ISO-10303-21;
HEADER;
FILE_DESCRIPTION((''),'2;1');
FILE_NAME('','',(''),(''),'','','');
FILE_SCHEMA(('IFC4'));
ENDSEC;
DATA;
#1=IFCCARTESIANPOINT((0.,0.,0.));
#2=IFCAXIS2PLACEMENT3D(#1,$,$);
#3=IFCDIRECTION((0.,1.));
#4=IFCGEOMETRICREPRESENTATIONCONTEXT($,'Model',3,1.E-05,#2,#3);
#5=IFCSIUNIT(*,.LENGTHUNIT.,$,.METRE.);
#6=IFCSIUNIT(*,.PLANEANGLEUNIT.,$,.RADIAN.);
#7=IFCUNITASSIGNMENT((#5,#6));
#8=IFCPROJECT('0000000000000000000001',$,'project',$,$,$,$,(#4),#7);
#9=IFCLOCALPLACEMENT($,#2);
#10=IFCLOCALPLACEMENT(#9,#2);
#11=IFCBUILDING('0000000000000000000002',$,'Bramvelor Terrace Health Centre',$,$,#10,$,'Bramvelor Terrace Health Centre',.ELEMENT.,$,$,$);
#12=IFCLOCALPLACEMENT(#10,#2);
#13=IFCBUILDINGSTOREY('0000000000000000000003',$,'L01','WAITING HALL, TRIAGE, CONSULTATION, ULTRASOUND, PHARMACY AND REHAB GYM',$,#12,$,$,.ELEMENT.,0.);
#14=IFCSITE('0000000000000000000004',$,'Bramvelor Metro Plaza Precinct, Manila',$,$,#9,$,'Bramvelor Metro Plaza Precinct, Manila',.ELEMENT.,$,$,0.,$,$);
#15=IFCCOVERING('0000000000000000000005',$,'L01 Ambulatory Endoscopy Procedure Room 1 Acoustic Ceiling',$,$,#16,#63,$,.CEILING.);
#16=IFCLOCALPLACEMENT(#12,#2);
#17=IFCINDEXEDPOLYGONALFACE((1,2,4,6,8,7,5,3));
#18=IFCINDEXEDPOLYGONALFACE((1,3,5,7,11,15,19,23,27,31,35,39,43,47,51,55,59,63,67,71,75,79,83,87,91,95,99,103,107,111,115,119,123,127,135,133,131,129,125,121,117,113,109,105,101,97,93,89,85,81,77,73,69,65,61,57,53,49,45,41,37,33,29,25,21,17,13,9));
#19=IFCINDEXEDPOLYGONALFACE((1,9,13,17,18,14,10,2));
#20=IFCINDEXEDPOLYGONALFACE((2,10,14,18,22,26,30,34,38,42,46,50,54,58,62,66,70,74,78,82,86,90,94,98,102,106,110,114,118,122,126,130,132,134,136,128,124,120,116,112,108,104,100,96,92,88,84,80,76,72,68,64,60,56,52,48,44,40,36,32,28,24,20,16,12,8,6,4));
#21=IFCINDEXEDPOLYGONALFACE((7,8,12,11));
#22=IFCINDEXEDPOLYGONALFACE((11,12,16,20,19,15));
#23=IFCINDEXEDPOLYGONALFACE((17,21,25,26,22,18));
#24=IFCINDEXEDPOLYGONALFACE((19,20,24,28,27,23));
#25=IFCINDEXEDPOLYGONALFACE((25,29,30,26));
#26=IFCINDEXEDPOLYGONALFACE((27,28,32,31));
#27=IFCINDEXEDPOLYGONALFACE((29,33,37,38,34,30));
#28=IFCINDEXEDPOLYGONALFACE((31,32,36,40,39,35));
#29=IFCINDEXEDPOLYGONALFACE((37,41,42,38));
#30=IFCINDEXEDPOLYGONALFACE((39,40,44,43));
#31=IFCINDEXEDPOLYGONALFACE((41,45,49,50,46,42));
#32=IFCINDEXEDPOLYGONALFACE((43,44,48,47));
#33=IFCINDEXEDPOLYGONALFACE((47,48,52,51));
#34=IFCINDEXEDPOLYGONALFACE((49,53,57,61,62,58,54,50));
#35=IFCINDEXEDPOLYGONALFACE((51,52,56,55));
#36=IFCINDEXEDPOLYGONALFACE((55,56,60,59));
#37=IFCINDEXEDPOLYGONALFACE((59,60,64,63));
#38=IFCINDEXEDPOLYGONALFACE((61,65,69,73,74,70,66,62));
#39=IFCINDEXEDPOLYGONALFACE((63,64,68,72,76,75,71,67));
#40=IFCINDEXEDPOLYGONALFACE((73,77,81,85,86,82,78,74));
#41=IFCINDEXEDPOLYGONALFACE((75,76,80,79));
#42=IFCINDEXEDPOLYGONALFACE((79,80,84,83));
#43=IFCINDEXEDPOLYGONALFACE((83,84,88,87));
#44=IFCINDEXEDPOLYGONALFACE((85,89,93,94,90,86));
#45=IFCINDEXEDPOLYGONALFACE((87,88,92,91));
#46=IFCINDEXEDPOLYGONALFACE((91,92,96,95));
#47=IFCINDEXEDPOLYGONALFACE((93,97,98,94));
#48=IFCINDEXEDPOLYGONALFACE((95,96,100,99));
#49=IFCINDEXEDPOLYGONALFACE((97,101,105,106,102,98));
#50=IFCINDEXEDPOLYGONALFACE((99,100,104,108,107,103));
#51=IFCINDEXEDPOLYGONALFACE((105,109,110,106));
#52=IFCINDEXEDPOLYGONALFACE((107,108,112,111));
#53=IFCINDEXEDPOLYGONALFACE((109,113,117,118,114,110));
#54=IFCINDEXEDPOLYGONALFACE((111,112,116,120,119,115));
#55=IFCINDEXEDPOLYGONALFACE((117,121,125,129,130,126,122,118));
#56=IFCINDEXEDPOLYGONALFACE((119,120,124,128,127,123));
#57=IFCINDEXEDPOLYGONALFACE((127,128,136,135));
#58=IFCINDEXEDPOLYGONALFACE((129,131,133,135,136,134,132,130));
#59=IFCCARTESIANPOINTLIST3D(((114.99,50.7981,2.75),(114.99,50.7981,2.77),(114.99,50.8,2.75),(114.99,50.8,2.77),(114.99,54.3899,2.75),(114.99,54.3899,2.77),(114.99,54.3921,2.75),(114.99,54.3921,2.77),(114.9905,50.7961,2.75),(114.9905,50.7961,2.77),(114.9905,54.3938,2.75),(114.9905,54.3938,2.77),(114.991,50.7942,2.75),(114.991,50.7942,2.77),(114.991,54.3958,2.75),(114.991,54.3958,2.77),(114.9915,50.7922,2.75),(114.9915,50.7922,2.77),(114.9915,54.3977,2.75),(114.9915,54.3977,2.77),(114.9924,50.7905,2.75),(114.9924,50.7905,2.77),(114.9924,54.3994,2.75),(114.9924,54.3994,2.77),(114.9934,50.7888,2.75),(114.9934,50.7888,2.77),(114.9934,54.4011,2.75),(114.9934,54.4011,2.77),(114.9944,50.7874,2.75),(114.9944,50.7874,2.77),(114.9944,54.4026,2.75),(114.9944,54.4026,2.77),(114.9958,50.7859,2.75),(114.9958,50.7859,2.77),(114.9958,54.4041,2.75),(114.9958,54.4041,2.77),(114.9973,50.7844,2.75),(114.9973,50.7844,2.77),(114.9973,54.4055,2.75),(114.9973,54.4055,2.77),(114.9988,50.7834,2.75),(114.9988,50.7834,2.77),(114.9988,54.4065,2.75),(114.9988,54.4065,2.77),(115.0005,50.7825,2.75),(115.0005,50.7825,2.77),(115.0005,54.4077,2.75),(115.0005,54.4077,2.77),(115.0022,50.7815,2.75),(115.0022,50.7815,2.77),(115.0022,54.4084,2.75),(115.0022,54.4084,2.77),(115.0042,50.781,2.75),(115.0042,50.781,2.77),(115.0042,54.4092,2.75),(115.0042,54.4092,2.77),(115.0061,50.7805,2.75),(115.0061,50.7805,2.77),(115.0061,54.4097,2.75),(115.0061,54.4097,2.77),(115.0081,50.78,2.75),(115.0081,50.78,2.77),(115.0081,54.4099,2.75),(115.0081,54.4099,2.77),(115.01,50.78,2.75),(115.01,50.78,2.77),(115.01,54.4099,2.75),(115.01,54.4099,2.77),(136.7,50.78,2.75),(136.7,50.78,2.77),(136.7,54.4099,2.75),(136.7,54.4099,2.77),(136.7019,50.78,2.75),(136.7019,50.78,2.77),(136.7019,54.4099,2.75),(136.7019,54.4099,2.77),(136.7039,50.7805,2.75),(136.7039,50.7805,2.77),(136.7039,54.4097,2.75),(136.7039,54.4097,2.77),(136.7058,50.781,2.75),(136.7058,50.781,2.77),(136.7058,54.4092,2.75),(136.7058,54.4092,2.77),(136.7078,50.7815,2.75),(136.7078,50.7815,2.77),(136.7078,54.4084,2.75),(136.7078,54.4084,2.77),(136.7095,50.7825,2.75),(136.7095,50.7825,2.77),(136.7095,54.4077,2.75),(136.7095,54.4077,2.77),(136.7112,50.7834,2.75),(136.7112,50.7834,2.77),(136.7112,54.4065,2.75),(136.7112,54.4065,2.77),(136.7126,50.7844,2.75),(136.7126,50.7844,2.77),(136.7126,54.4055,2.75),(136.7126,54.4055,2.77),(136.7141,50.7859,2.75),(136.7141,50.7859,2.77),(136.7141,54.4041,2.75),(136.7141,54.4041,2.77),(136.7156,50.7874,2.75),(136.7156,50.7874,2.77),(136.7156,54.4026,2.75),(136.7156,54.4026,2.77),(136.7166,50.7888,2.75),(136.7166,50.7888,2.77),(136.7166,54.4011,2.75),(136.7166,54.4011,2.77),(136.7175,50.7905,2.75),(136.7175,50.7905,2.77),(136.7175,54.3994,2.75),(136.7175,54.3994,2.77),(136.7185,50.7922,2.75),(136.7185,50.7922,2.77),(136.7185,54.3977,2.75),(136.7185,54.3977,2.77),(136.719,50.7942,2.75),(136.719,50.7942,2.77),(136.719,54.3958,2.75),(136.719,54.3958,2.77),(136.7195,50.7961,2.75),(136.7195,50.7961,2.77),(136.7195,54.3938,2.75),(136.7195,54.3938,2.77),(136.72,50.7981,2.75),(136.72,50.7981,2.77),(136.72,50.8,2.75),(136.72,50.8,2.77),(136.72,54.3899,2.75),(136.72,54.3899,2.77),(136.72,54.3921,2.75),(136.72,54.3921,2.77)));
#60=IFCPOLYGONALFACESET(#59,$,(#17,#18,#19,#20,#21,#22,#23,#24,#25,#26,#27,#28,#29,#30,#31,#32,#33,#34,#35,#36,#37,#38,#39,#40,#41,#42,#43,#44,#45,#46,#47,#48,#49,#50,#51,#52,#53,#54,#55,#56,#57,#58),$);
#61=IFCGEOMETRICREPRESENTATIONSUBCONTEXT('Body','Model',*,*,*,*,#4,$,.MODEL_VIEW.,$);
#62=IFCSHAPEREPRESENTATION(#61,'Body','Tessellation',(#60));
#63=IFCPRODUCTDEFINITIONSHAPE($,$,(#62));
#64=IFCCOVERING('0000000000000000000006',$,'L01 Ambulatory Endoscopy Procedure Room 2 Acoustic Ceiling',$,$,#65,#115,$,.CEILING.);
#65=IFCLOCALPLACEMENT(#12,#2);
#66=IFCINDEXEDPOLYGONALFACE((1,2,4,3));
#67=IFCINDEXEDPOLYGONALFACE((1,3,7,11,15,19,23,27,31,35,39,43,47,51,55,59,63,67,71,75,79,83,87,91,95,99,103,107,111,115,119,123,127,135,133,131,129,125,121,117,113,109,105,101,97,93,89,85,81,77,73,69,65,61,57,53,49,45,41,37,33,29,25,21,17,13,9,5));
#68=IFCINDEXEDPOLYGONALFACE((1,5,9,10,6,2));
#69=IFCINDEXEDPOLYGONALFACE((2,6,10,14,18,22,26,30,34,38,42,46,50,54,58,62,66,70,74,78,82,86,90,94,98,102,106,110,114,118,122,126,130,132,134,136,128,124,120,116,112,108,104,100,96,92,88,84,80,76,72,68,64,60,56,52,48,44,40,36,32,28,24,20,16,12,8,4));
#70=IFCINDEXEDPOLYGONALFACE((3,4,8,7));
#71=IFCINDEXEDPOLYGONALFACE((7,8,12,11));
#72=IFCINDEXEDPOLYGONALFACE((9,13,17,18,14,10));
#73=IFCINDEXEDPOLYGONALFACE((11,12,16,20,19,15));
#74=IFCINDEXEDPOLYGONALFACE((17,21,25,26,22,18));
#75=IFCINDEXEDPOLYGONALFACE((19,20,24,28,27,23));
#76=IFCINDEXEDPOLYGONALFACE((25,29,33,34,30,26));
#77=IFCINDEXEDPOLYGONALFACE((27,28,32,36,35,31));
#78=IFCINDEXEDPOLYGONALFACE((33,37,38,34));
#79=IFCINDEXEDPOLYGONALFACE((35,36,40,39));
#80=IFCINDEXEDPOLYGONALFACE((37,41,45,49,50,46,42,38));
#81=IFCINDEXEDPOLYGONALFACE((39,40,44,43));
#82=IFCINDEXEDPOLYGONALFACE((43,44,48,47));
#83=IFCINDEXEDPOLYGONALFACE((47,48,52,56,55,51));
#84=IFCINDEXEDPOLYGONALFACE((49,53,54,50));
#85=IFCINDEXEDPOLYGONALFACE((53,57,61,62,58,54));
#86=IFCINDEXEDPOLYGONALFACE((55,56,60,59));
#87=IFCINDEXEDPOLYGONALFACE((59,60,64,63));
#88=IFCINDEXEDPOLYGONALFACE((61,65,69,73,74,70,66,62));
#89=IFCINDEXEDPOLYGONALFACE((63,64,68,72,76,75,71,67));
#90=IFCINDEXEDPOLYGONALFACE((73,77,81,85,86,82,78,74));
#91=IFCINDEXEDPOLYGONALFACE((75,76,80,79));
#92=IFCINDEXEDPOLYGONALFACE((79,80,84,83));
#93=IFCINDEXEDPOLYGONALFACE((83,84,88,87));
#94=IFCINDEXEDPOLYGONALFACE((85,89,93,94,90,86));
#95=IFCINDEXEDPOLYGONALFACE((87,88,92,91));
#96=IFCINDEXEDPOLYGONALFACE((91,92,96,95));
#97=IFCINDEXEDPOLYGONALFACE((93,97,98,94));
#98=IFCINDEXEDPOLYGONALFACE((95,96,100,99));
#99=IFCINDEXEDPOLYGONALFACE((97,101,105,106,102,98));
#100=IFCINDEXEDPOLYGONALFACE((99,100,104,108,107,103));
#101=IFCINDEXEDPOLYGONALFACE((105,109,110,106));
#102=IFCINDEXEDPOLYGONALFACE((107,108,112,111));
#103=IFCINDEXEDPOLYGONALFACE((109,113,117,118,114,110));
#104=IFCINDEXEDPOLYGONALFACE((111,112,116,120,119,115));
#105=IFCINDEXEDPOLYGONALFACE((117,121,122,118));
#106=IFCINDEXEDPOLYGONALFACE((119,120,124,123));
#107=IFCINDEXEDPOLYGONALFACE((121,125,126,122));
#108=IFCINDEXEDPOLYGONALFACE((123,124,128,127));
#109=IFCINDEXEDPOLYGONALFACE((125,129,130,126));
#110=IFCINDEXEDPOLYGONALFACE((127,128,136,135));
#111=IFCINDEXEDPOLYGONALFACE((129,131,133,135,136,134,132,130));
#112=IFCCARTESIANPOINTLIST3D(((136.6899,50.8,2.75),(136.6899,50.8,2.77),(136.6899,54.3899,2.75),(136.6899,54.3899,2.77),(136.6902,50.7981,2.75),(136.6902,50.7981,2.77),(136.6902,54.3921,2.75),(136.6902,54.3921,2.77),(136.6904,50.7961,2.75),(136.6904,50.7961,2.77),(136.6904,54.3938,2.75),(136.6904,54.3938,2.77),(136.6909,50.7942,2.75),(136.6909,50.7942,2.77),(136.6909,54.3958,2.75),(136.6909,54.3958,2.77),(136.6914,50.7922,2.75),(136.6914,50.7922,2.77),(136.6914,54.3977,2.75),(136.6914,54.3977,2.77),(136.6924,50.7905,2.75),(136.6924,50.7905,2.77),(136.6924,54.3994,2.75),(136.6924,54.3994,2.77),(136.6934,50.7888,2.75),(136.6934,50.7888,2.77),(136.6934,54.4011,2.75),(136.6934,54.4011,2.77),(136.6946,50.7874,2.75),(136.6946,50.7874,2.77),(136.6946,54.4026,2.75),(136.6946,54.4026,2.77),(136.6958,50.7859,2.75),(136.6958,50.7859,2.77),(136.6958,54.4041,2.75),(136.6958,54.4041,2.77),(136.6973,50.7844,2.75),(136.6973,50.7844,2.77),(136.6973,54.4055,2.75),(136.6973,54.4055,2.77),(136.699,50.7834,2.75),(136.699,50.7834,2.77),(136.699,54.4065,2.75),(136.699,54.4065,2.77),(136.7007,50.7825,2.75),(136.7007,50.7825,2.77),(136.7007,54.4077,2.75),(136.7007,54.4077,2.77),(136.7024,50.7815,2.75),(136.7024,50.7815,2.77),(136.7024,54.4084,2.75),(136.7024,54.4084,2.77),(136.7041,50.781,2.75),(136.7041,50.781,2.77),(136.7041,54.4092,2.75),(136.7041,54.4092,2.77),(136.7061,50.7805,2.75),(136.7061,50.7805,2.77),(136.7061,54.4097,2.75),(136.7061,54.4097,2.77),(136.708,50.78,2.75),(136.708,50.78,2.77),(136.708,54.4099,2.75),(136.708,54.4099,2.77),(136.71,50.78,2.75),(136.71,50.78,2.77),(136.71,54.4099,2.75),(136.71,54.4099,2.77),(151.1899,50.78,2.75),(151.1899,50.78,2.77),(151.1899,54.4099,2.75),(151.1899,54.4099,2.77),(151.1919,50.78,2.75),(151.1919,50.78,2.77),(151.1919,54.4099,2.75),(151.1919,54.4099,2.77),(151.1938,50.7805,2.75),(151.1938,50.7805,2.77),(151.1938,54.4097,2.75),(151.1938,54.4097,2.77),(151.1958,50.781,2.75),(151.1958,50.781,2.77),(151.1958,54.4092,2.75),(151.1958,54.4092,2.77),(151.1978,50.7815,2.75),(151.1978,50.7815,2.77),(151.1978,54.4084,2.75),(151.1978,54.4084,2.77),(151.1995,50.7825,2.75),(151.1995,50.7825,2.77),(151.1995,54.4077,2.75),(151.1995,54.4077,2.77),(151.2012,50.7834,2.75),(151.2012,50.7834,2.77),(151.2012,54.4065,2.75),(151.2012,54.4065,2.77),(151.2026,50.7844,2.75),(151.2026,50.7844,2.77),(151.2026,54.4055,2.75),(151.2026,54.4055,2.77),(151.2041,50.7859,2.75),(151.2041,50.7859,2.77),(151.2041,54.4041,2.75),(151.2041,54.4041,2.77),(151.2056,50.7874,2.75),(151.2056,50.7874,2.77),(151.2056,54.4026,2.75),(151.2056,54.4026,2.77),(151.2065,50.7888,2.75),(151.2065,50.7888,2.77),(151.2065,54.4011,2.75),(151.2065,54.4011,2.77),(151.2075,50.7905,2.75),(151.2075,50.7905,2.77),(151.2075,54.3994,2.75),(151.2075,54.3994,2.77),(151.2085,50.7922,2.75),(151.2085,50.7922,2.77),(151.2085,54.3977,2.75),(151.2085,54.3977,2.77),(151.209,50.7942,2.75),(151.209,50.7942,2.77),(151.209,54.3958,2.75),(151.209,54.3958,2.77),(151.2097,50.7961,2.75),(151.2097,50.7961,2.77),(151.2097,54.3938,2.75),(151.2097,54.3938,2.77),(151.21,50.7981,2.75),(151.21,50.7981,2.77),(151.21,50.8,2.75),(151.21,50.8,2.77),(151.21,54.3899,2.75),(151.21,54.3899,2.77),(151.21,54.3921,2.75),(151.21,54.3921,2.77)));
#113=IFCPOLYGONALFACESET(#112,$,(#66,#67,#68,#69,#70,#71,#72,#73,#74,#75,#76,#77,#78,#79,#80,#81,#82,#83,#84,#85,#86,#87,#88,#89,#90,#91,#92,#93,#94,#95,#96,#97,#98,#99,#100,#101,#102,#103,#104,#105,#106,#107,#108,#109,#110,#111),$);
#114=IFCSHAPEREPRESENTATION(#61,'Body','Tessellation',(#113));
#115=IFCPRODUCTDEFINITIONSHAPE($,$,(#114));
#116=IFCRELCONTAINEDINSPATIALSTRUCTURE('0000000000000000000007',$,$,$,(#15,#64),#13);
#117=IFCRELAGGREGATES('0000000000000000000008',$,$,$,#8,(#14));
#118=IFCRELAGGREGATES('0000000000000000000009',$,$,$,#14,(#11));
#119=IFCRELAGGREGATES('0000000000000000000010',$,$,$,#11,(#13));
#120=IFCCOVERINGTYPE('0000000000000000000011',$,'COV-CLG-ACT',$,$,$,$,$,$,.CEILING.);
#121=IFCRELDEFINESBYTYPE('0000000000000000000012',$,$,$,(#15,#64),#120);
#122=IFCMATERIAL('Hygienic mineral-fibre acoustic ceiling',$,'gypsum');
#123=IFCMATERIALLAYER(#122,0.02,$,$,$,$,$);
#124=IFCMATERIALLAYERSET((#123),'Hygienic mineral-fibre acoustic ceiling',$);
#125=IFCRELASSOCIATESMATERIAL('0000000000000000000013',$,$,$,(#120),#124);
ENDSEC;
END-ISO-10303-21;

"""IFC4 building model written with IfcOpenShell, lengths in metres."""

from ifc_helpers import new_model, si_unit, direction, frame, origin, place, context, subcontext, project, spatial, polyline, outline, extrude, material, layer, layer_set, type_object, element, save


model = new_model("IFC4")

# Units and contexts
model_context = context("Model", 3, precision=1e-05, world=origin(), true_north=direction((0.0, 1.0)))
body_context = subcontext(model_context, "Body", "Model", "MODEL_VIEW")
ifc_project = project(units=[si_unit("LENGTHUNIT", "METRE"), si_unit("PLANEANGLEUNIT", "RADIAN")], contexts=[model_context])

# Site, building, storey
site_placement = place(None, origin())
site = spatial("IfcSite", under=ifc_project, at=site_placement, Name="Bramvelor Metro Plaza Precinct, Manila", LongName="Bramvelor Metro Plaza Precinct, Manila", CompositionType="ELEMENT", RefElevation=0.0)
building_placement = place(site_placement, origin())
building = spatial("IfcBuilding", under=site, at=building_placement, Name="Bramvelor Terrace Health Centre", LongName="Bramvelor Terrace Health Centre", CompositionType="ELEMENT")
storey_placement = place(building_placement, origin())
storey = spatial("IfcBuildingStorey", under=building, at=storey_placement, Name="L01", Description="WAITING HALL, TRIAGE, CONSULTATION, ULTRASOUND, PHARMACY AND REHAB GYM", CompositionType="ELEMENT", Elevation=0.0)

# Coverings
ifc_material_1 = material(Name="Hygienic mineral-fibre acoustic ceiling", Category="gypsum")
ifc_layer_1 = layer(ifc_material_1, 0.02)
ifc_layer_set_1 = layer_set([ifc_layer_1], Name="Hygienic mineral-fibre acoustic ceiling")
covering_type_1 = type_object("IfcCoveringType", Name="COV-CLG-ACT", PredefinedType="CEILING", material=ifc_layer_set_1)
covering_1_placement = place(storey_placement, frame((0.0, 0.0, 2.75)))
element("IfcCovering", 1, at=covering_1_placement, inside=storey, type_object=covering_type_1, Name="L01 Ambulatory Endoscopy Procedure Room 1 Acoustic Ceiling", PredefinedType="CEILING", context=body_context, shape_type="SweptSolid", body=[
    extrude(outline(polyline([(114.99, 54.3899), (114.99, 54.3921), (114.9905, 54.3938), (114.991, 54.3958), (114.9915, 54.3977), (114.9924, 54.3994), (114.9934, 54.4011), (114.9944, 54.4026), (114.9958, 54.4041), (114.9973, 54.4055), (114.9988, 54.4065), (115.0005, 54.4077), (115.0022, 54.4084), (115.0042, 54.4092), (115.0061, 54.4097), (115.0081, 54.4099), (115.01, 54.4099), (136.7, 54.4099), (136.7019, 54.4099), (136.7039, 54.4097), (136.7058, 54.4092), (136.7078, 54.4084), (136.7095, 54.4077), (136.7112, 54.4065), (136.7126, 54.4055), (136.7141, 54.4041), (136.7156, 54.4026), (136.7166, 54.4011), (136.7175, 54.3994), (136.7185, 54.3977), (136.719, 54.3958), (136.7195, 54.3938), (136.72, 54.3921), (136.72, 54.3899), (136.72, 50.8), (136.72, 50.7981), (136.7195, 50.7961), (136.719, 50.7942), (136.7185, 50.7922), (136.7175, 50.7905), (136.7166, 50.7888), (136.7156, 50.7874), (136.7141, 50.7859), (136.7126, 50.7844), (136.7112, 50.7834), (136.7095, 50.7825), (136.7078, 50.7815), (136.7058, 50.781), (136.7039, 50.7805), (136.7019, 50.78), (136.7, 50.78), (115.01, 50.78), (115.0081, 50.78), (115.0061, 50.7805), (115.0042, 50.781), (115.0022, 50.7815), (115.0005, 50.7825), (114.9988, 50.7834), (114.9973, 50.7844), (114.9958, 50.7859), (114.9944, 50.7874), (114.9934, 50.7888), (114.9924, 50.7905), (114.9915, 50.7922), (114.991, 50.7942), (114.9905, 50.7961), (114.99, 50.7981), (114.99, 50.8), (114.99, 54.3899)])), origin(), (0.0, 0.0, 1.0), 0.02),
])
covering_2_placement = place(storey_placement, frame((0.0, 0.0, 2.75)))
element("IfcCovering", 2, at=covering_2_placement, inside=storey, type_object=covering_type_1, Name="L01 Ambulatory Endoscopy Procedure Room 2 Acoustic Ceiling", PredefinedType="CEILING", context=body_context, shape_type="SweptSolid", body=[
    extrude(outline(polyline([(136.6899, 54.3899), (136.6902, 54.3921), (136.6904, 54.3938), (136.6909, 54.3958), (136.6914, 54.3977), (136.6924, 54.3994), (136.6934, 54.4011), (136.6946, 54.4026), (136.6958, 54.4041), (136.6973, 54.4055), (136.699, 54.4065), (136.7007, 54.4077), (136.7024, 54.4084), (136.7041, 54.4092), (136.7061, 54.4097), (136.708, 54.4099), (136.71, 54.4099), (151.1899, 54.4099), (151.1919, 54.4099), (151.1938, 54.4097), (151.1958, 54.4092), (151.1978, 54.4084), (151.1995, 54.4077), (151.2012, 54.4065), (151.2026, 54.4055), (151.2041, 54.4041), (151.2056, 54.4026), (151.2065, 54.4011), (151.2075, 54.3994), (151.2085, 54.3977), (151.209, 54.3958), (151.2097, 54.3938), (151.21, 54.3921), (151.21, 54.3899), (151.21, 50.8), (151.21, 50.7981), (151.2097, 50.7961), (151.209, 50.7942), (151.2085, 50.7922), (151.2075, 50.7905), (151.2065, 50.7888), (151.2056, 50.7874), (151.2041, 50.7859), (151.2026, 50.7844), (151.2012, 50.7834), (151.1995, 50.7825), (151.1978, 50.7815), (151.1958, 50.781), (151.1938, 50.7805), (151.1919, 50.78), (151.1899, 50.78), (136.71, 50.78), (136.708, 50.78), (136.7061, 50.7805), (136.7041, 50.781), (136.7024, 50.7815), (136.7007, 50.7825), (136.699, 50.7834), (136.6973, 50.7844), (136.6958, 50.7859), (136.6946, 50.7874), (136.6934, 50.7888), (136.6924, 50.7905), (136.6914, 50.7922), (136.6909, 50.7942), (136.6904, 50.7961), (136.6902, 50.7981), (136.6899, 50.8), (136.6899, 54.3899)])), origin(), (0.0, 0.0, 1.0), 0.02),
])

save(model, "model.ifc")
